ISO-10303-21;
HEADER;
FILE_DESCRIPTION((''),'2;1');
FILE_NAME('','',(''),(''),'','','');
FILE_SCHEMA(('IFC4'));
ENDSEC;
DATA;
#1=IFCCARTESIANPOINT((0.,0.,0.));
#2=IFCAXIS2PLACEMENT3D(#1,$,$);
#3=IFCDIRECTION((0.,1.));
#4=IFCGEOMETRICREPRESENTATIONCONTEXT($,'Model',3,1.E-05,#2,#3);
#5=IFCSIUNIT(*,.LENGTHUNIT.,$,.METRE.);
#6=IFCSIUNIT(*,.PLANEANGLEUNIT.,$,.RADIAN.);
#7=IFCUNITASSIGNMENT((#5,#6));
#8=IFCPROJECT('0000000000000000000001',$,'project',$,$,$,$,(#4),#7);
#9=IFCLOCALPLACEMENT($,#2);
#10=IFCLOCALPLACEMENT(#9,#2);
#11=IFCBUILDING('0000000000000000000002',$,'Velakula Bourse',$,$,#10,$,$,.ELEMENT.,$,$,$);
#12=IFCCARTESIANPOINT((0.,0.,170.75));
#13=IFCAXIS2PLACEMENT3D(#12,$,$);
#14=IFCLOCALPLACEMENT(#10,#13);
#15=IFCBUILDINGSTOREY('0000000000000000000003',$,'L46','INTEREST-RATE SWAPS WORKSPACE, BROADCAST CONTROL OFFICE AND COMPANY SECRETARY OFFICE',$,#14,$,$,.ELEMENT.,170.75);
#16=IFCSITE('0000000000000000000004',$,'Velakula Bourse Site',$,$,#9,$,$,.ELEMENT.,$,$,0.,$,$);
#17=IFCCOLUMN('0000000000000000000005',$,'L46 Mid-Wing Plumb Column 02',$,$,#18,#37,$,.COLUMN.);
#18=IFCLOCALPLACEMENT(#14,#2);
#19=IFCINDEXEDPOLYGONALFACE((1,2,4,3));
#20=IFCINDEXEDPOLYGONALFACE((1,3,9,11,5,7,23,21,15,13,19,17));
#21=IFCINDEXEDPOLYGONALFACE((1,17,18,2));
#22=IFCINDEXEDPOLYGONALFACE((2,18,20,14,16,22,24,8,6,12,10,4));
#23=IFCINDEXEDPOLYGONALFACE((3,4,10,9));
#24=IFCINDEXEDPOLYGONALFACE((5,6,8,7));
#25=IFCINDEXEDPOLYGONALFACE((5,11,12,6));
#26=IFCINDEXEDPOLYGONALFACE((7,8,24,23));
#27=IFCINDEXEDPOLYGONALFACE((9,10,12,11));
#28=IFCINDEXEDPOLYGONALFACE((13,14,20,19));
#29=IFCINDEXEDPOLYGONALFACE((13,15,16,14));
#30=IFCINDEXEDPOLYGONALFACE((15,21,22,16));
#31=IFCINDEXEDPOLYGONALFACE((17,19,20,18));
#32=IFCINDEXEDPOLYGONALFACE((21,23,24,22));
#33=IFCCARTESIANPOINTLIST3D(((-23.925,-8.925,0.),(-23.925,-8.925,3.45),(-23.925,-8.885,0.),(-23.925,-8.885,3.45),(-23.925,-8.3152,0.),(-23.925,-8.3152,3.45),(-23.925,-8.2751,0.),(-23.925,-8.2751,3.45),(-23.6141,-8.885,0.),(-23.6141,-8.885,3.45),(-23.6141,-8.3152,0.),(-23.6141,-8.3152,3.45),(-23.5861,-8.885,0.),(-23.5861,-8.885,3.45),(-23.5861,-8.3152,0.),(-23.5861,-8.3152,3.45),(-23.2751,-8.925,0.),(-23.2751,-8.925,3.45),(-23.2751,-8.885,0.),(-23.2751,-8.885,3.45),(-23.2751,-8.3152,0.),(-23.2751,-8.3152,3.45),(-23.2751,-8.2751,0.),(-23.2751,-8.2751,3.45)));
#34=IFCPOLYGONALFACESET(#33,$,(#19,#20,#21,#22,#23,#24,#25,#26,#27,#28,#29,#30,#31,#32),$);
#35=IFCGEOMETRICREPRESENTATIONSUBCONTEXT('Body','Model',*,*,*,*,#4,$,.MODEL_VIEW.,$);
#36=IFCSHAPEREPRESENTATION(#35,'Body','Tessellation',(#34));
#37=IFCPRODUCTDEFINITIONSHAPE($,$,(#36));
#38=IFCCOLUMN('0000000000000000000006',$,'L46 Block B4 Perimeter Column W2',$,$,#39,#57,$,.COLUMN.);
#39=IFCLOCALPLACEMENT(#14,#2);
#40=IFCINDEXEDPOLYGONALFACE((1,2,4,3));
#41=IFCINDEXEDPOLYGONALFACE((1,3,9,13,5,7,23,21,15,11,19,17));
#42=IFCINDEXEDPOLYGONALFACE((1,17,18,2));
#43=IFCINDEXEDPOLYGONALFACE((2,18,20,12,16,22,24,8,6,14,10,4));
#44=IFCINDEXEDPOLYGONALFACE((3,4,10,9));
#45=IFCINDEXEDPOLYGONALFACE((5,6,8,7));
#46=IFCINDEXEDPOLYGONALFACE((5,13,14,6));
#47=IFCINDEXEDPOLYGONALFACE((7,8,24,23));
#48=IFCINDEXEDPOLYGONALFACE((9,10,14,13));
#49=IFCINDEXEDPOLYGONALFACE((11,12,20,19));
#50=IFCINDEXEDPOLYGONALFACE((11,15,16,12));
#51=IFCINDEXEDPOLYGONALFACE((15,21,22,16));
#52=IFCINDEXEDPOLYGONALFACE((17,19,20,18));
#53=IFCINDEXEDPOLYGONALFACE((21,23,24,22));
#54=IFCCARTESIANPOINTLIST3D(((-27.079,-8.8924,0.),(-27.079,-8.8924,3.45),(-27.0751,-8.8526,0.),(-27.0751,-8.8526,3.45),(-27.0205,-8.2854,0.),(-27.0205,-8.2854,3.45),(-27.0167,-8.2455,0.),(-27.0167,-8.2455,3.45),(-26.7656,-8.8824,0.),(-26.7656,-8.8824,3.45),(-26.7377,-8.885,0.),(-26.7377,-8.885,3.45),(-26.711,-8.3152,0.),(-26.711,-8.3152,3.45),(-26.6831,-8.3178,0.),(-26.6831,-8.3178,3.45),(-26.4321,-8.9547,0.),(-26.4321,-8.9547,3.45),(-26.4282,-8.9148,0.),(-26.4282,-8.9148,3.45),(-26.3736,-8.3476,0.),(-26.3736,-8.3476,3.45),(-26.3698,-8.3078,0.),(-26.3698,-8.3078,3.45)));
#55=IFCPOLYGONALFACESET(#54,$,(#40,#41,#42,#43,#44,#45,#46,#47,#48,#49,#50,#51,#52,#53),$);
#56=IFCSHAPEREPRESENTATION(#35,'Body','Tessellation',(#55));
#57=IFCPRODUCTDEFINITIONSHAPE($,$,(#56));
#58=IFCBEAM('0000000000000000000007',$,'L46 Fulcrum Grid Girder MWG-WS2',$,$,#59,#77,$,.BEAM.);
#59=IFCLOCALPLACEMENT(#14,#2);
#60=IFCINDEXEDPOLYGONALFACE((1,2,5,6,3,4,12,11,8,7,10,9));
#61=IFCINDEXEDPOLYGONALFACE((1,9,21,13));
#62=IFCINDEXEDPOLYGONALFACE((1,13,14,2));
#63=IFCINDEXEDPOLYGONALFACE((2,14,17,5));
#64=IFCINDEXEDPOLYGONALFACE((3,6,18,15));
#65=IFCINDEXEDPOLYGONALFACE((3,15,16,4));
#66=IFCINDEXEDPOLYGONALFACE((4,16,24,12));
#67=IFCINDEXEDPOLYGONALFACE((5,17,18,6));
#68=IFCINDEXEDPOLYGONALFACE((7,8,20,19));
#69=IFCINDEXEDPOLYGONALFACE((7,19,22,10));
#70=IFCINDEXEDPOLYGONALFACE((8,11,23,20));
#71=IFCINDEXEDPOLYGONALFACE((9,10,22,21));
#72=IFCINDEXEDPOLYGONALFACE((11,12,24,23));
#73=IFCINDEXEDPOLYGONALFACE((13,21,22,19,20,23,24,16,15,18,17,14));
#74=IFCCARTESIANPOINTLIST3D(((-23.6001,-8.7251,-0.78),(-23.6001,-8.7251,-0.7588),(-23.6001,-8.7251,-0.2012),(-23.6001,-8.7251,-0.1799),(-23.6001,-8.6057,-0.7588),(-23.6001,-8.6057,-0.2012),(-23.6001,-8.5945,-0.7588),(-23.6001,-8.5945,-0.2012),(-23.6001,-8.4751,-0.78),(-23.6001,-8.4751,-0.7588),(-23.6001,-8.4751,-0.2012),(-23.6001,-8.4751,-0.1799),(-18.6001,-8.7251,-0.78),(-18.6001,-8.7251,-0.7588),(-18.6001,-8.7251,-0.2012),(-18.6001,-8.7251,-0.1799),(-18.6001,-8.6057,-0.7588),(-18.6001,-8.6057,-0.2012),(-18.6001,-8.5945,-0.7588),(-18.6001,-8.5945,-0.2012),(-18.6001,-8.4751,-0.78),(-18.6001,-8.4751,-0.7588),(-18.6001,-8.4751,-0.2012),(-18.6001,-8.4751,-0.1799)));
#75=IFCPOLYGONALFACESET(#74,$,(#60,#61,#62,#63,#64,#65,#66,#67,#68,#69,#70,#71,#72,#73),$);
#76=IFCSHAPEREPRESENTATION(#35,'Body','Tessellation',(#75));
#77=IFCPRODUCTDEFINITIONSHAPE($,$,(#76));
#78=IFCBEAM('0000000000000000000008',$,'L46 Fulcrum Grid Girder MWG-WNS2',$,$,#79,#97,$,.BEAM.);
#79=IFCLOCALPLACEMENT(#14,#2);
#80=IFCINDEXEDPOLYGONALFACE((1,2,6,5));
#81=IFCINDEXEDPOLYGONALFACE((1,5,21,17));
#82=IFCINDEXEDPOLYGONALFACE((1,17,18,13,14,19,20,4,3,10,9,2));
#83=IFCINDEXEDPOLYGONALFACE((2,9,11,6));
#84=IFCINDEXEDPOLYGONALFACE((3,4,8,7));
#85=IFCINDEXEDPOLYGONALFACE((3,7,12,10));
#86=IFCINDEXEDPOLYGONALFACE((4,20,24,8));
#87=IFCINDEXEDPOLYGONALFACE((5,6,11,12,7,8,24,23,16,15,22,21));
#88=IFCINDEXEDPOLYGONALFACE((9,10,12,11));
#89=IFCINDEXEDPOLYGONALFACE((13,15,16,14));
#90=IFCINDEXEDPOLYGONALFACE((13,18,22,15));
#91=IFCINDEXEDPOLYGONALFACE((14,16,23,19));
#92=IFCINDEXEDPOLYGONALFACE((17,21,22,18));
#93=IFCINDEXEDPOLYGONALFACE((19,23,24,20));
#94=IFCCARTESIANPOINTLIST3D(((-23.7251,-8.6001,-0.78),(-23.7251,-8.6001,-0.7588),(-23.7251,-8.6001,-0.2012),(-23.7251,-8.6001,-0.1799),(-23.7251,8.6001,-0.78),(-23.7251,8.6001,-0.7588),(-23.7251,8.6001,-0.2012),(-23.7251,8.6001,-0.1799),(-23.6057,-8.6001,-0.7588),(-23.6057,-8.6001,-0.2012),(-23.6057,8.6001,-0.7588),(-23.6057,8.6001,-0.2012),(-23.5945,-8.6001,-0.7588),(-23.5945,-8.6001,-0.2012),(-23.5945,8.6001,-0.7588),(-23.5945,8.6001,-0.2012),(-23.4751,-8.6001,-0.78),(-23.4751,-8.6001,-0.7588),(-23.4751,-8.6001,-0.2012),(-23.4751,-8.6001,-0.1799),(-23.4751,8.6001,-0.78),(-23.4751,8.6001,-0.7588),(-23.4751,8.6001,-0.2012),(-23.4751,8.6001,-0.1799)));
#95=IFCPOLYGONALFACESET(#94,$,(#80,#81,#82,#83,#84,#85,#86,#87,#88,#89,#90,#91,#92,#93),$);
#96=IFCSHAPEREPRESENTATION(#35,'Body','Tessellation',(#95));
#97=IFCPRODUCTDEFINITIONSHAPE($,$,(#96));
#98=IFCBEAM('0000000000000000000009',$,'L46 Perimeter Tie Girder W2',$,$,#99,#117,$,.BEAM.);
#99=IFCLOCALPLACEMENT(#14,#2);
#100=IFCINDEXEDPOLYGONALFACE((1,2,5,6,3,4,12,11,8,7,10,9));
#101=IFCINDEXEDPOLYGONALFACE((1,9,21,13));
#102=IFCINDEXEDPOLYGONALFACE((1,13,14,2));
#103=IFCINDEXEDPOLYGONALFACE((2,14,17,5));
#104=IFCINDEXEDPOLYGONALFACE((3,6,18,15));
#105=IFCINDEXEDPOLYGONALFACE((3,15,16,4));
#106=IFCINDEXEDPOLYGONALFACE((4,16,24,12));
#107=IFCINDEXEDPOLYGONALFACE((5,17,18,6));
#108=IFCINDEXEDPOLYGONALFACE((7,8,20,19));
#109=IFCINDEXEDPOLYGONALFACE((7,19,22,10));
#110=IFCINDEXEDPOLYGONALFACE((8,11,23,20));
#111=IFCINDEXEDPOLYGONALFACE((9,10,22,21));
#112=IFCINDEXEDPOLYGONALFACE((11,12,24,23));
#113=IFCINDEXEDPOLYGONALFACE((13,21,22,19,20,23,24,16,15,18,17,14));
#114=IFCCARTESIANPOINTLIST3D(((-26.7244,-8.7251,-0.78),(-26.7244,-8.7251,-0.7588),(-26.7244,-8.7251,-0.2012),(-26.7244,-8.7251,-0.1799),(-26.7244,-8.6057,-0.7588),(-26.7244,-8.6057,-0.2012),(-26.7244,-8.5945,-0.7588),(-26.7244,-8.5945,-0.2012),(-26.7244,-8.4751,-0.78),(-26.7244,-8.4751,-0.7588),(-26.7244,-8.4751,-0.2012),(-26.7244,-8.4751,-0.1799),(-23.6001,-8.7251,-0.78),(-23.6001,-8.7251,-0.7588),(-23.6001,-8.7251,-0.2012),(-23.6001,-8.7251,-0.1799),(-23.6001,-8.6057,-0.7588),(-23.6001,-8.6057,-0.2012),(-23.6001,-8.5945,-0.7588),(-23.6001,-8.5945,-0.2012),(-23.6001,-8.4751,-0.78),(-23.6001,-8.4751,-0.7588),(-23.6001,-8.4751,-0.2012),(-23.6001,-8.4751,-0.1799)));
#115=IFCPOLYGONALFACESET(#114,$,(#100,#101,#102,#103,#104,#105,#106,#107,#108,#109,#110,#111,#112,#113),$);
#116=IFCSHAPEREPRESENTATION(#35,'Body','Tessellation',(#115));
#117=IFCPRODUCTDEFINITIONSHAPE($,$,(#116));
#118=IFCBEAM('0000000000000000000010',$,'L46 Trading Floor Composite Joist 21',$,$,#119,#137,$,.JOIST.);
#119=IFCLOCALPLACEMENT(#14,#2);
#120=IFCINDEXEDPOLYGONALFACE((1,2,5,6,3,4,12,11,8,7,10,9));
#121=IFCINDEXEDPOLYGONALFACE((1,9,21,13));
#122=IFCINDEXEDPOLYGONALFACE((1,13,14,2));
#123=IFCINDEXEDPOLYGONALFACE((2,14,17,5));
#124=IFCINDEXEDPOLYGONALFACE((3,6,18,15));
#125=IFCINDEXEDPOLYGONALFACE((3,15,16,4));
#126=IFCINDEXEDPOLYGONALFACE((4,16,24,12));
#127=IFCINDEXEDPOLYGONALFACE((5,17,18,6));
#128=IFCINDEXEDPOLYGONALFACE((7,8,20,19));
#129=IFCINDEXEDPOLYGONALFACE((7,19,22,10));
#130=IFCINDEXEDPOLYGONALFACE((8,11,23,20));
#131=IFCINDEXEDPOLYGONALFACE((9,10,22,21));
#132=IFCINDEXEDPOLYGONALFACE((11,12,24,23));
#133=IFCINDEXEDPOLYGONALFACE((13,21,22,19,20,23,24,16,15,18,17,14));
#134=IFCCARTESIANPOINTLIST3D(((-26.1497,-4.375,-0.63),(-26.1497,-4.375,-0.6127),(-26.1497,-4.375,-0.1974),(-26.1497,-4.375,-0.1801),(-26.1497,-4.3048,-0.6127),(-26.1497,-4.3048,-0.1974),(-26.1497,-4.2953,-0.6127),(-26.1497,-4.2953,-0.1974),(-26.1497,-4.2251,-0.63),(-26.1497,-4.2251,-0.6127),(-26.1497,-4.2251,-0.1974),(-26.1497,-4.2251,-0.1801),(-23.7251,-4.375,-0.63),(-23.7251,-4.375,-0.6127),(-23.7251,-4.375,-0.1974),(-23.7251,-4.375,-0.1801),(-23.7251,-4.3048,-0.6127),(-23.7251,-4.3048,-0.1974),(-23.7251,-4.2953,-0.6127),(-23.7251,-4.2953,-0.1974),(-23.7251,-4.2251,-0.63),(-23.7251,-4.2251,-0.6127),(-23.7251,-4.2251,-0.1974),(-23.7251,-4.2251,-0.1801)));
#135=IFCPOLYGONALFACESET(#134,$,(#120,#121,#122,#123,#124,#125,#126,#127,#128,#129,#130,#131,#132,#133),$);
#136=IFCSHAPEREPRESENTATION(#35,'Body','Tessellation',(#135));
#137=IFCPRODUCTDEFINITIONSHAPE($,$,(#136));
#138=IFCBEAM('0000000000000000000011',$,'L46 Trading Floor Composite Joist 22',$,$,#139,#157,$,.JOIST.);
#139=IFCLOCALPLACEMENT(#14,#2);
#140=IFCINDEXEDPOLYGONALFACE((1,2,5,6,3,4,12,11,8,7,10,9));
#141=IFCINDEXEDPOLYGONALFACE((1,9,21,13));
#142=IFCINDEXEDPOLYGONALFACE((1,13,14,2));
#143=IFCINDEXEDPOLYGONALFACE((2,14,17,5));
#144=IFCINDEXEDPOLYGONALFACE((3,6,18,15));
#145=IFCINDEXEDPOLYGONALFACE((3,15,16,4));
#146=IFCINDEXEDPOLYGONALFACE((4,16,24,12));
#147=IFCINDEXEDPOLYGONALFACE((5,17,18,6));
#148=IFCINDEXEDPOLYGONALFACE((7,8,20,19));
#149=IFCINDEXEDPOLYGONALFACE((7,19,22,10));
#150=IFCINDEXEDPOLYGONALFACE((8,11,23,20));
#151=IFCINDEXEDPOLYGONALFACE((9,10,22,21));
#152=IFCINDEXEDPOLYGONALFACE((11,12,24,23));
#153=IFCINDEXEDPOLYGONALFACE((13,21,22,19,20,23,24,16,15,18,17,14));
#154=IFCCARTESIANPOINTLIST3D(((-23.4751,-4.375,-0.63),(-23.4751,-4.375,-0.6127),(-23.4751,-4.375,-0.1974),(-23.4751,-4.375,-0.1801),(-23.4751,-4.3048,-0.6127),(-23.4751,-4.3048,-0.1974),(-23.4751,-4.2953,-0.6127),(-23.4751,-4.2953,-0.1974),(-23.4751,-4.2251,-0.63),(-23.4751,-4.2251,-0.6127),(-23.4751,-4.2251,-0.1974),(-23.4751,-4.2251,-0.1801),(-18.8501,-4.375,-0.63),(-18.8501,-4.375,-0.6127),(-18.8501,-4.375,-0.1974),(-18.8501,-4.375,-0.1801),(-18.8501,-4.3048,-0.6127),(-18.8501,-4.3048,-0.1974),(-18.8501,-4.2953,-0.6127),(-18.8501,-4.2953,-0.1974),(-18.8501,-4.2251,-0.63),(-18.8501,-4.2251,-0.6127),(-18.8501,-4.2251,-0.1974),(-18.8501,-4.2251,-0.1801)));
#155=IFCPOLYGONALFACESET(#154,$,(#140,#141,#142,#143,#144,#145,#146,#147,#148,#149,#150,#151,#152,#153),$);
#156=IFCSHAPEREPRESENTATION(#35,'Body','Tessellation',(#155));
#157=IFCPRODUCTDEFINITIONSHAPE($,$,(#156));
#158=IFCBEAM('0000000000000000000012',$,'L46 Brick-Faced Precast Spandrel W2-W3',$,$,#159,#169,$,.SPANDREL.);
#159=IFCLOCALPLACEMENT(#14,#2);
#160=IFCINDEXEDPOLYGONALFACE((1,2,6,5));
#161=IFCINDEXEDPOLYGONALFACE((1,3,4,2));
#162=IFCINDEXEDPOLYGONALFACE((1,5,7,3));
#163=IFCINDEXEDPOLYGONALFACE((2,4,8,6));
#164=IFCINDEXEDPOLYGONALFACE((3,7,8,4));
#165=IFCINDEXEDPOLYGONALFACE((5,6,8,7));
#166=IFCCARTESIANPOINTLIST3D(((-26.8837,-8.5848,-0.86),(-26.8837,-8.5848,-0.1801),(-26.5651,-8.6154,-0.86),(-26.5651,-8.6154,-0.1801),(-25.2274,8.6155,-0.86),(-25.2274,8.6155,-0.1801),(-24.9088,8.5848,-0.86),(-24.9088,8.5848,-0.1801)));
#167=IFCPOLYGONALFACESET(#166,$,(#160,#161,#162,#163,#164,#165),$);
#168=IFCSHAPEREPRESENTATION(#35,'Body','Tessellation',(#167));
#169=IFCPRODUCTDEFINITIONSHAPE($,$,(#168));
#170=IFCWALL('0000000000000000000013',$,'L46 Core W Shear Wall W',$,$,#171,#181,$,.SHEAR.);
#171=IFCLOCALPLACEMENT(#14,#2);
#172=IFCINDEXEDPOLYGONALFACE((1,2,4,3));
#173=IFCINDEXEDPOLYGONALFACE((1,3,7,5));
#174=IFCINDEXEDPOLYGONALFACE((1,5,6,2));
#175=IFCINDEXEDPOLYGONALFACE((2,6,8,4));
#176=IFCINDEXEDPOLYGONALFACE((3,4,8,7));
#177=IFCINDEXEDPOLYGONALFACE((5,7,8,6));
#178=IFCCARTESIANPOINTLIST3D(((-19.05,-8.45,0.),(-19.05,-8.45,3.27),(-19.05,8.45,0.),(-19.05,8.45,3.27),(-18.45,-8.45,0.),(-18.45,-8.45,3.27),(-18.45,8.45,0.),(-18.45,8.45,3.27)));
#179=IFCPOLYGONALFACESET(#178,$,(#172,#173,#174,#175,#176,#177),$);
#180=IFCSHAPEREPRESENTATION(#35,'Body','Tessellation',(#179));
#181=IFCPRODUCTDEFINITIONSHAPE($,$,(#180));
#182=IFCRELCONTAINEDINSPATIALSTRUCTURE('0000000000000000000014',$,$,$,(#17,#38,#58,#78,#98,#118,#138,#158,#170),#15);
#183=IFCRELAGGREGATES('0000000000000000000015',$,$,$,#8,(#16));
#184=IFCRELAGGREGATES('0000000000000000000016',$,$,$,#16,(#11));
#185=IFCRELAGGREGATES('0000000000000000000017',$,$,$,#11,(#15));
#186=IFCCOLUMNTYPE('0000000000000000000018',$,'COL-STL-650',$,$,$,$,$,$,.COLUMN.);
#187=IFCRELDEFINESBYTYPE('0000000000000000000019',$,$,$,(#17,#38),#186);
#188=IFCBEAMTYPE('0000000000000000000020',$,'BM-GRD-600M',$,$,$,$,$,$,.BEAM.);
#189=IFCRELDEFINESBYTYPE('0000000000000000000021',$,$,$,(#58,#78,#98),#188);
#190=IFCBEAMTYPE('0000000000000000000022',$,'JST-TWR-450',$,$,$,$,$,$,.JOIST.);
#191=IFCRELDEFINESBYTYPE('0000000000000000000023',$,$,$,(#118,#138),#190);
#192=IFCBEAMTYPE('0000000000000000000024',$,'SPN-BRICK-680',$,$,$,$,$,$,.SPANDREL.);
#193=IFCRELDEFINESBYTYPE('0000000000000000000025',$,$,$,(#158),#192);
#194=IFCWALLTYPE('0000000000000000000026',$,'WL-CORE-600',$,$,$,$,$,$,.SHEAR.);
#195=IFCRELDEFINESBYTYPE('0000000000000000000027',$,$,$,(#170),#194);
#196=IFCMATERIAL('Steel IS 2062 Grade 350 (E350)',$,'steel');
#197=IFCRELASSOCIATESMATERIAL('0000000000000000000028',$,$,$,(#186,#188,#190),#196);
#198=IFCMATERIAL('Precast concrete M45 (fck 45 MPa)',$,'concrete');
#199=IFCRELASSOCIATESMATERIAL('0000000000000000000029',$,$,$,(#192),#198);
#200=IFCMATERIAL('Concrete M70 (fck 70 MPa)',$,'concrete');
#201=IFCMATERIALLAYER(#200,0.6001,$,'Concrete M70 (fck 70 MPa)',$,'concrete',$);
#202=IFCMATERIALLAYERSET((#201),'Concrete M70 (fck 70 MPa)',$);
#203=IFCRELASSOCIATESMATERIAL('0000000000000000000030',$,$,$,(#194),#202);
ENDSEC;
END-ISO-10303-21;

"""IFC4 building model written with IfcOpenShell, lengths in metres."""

from ifc_helpers import new_model, si_unit, direction, frame, frame_2d, origin, origin_2d, place, context, subcontext, project, spatial, rectangle, i_section, extrude, material, layer, layer_set, material_profile, profile_set, type_object, element, save


model = new_model("IFC4")

# Units and contexts
model_context = context("Model", 3, precision=1e-05, world=origin(), true_north=direction((0.0, 1.0)))
body_context = subcontext(model_context, "Body", "Model", "MODEL_VIEW")
ifc_project = project(units=[si_unit("LENGTHUNIT", "METRE"), si_unit("PLANEANGLEUNIT", "RADIAN")], contexts=[model_context])

# Site, building, storey
site_placement = place(None, origin())
site = spatial("IfcSite", under=ifc_project, at=site_placement, Name="Velakula Bourse Site", CompositionType="ELEMENT", RefElevation=0.0)
building_placement = place(site_placement, origin())
building = spatial("IfcBuilding", under=site, at=building_placement, Name="Velakula Bourse", CompositionType="ELEMENT")
storey_placement = place(building_placement, frame((0.0, 0.0, 170.75)))
storey = spatial("IfcBuildingStorey", under=building, at=storey_placement, Name="L46", Description="INTEREST-RATE SWAPS WORKSPACE, BROADCAST CONTROL OFFICE AND COMPANY SECRETARY OFFICE", CompositionType="ELEMENT", Elevation=170.75)

# Columns
ifc_material_1 = material(Name="Steel IS 2062 Grade 350 (E350)", Category="steel")
ifc_material_profile_1 = material_profile(ifc_material_1, i_section(OverallWidth=0.6499, OverallDepth=0.6499, WebThickness=0.0281, FlangeThickness=0.04, at=origin_2d()), Name="Steel IS 2062 Grade 350 (E350)")
ifc_profile_set_1 = profile_set([ifc_material_profile_1], Name="Steel IS 2062 Grade 350 (E350)")
column_type = type_object("IfcColumnType", Name="COL-STL-650", PredefinedType="COLUMN", material=ifc_profile_set_1)
for number, where, z_axis, x_axis, name in (
    (1, (-23.6001, -8.6001, 0.0), (0.0, 0.0, 1.0), (1.0, 0.0, 0.0), "L46 Mid-Wing Plumb Column 02"),
    (2, (-26.7244, -8.6001, 0.0), (0.0, 0.0, 1.0), (0.995396, -0.095846, 0.0), "L46 Block B4 Perimeter Column W2"),
):
    element("IfcColumn", number, at=place(storey_placement, frame(where, z_axis=z_axis, x_axis=x_axis)), inside=storey, type_object=column_type, Name=name, PredefinedType="COLUMN", context=body_context, shape_type="SweptSolid", body=[
        extrude(i_section(OverallWidth=0.6499, OverallDepth=0.6499, WebThickness=0.0281, FlangeThickness=0.04, at=origin_2d()), origin(), (0.0, 0.0, 1.0), 3.45),
    ])

# Beams
ifc_material_profile_2 = material_profile(ifc_material_1, i_section(OverallWidth=0.25, OverallDepth=0.6001, WebThickness=0.0112, FlangeThickness=0.0212, at=origin_2d()), Name="Steel IS 2062 Grade 350 (E350)")
ifc_profile_set_2 = profile_set([ifc_material_profile_2], Name="Steel IS 2062 Grade 350 (E350)")
beam_type_1 = type_object("IfcBeamType", Name="BM-GRD-600M", PredefinedType="BEAM", material=ifc_profile_set_2)
beam_1_placement = place(storey_placement, frame((-23.6001, -8.6001, -0.48), z_axis=(1.0, 0.0, 0.0), x_axis=(0.0, 1.0, 0.0)))
element("IfcBeam", 3, at=beam_1_placement, inside=storey, type_object=beam_type_1, Name="L46 Fulcrum Grid Girder MWG-WS2", PredefinedType="BEAM", context=body_context, shape_type="SweptSolid", body=[
    extrude(i_section(OverallWidth=0.25, OverallDepth=0.6001, WebThickness=0.0112, FlangeThickness=0.0212, at=origin_2d()), origin(), (0.0, 0.0, 1.0), 5.0),
])
beam_2_placement = place(storey_placement, frame((-23.6001, -8.6001, -0.48), z_axis=(0.0, 1.0, 0.0), x_axis=(-1.0, 0.0, 0.0)))
element("IfcBeam", 4, at=beam_2_placement, inside=storey, type_object=beam_type_1, Name="L46 Fulcrum Grid Girder MWG-WNS2", PredefinedType="BEAM", context=body_context, shape_type="SweptSolid", body=[
    extrude(i_section(OverallWidth=0.25, OverallDepth=0.6001, WebThickness=0.0112, FlangeThickness=0.0212, at=origin_2d()), origin(), (0.0, 0.0, 1.0), 17.2002),
])
beam_3_placement = place(storey_placement, frame((-23.6001, -8.6001, -0.48), z_axis=(-1.0, 0.0, 0.0), x_axis=(0.0, -1.0, 0.0)))
element("IfcBeam", 5, at=beam_3_placement, inside=storey, type_object=beam_type_1, Name="L46 Perimeter Tie Girder W2", PredefinedType="BEAM", context=body_context, shape_type="SweptSolid", body=[
    extrude(i_section(OverallWidth=0.25, OverallDepth=0.6001, WebThickness=0.0112, FlangeThickness=0.0212, at=origin_2d()), origin(), (0.0, 0.0, 1.0), 3.1243),
])
ifc_material_profile_3 = material_profile(ifc_material_1, i_section(OverallWidth=0.1499, OverallDepth=0.45, WebThickness=0.0095, FlangeThickness=0.0173, at=origin_2d()), Name="Steel IS 2062 Grade 350 (E350)")
ifc_profile_set_3 = profile_set([ifc_material_profile_3], Name="Steel IS 2062 Grade 350 (E350)")
beam_type_2 = type_object("IfcBeamType", Name="JST-TWR-450", PredefinedType="JOIST", material=ifc_profile_set_3)
beam_4_placement = place(storey_placement, frame((-26.1497, -4.3, -0.405), z_axis=(1.0, 0.0, 0.0), x_axis=(0.0, 1.0, 0.0)))
element("IfcBeam", 6, at=beam_4_placement, inside=storey, type_object=beam_type_2, Name="L46 Trading Floor Composite Joist 21", PredefinedType="JOIST", context=body_context, shape_type="SweptSolid", body=[
    extrude(i_section(OverallWidth=0.1499, OverallDepth=0.45, WebThickness=0.0095, FlangeThickness=0.0173, at=origin_2d()), origin(), (0.0, 0.0, 1.0), 2.4246),
])
beam_5_placement = place(storey_placement, frame((-23.4751, -4.3, -0.405), z_axis=(1.0, 0.0, 0.0), x_axis=(0.0, 1.0, 0.0)))
element("IfcBeam", 7, at=beam_5_placement, inside=storey, type_object=beam_type_2, Name="L46 Trading Floor Composite Joist 22", PredefinedType="JOIST", context=body_context, shape_type="SweptSolid", body=[
    extrude(i_section(OverallWidth=0.1499, OverallDepth=0.45, WebThickness=0.0095, FlangeThickness=0.0173, at=origin_2d()), origin(), (0.0, 0.0, 1.0), 4.625),
])
ifc_material_2 = material(Name="Precast concrete M45 (fck 45 MPa)", Category="concrete")
ifc_material_profile_4 = material_profile(ifc_material_2, rectangle(XDim=0.3201, YDim=0.6799, at=origin_2d()), Name="Precast concrete M45 (fck 45 MPa)")
ifc_profile_set_4 = profile_set([ifc_material_profile_4], Name="Precast concrete M45 (fck 45 MPa)")
beam_type_3 = type_object("IfcBeamType", Name="SPN-BRICK-680", PredefinedType="SPANDREL", material=ifc_profile_set_4)
beam_6_placement = place(storey_placement, frame((-26.7244, -8.6001, -0.52), z_axis=(0.095849, 0.995396, 0.0), x_axis=(-0.995396, 0.095849, 0.0)))
element("IfcBeam", 8, at=beam_6_placement, inside=storey, type_object=beam_type_3, Name="L46 Brick-Faced Precast Spandrel W2-W3", PredefinedType="SPANDREL", context=body_context, shape_type="SweptSolid", body=[
    extrude(rectangle(XDim=0.3201, YDim=0.6799, at=origin_2d()), origin(), (0.0, 0.0, 1.0), 17.2798),
])

# Wall
ifc_material_3 = material(Name="Concrete M70 (fck 70 MPa)", Category="concrete")
ifc_layer_1 = layer(ifc_material_3, 0.6001, Name="Concrete M70 (fck 70 MPa)", Category="concrete")
ifc_layer_set_1 = layer_set([ifc_layer_1], Name="Concrete M70 (fck 70 MPa)")
wall_type_1 = type_object("IfcWallType", Name="WL-CORE-600", PredefinedType="SHEAR", material=ifc_layer_set_1)
wall_1_placement = place(storey_placement, frame((-18.75, -8.45, 0.0), z_axis=(0.0, 0.0, 1.0), x_axis=(0.0, 1.0, 0.0)))
element("IfcWall", 9, at=wall_1_placement, inside=storey, type_object=wall_type_1, Name="L46 Core W Shear Wall W", PredefinedType="SHEAR", context=body_context, shape_type="SweptSolid", body=[
    extrude(rectangle(XDim=16.8999, YDim=0.6001, at=frame_2d((8.45, 0.0))), origin(), (0.0, 0.0, 1.0), 3.27),
])

save(model, "model.ifc")
